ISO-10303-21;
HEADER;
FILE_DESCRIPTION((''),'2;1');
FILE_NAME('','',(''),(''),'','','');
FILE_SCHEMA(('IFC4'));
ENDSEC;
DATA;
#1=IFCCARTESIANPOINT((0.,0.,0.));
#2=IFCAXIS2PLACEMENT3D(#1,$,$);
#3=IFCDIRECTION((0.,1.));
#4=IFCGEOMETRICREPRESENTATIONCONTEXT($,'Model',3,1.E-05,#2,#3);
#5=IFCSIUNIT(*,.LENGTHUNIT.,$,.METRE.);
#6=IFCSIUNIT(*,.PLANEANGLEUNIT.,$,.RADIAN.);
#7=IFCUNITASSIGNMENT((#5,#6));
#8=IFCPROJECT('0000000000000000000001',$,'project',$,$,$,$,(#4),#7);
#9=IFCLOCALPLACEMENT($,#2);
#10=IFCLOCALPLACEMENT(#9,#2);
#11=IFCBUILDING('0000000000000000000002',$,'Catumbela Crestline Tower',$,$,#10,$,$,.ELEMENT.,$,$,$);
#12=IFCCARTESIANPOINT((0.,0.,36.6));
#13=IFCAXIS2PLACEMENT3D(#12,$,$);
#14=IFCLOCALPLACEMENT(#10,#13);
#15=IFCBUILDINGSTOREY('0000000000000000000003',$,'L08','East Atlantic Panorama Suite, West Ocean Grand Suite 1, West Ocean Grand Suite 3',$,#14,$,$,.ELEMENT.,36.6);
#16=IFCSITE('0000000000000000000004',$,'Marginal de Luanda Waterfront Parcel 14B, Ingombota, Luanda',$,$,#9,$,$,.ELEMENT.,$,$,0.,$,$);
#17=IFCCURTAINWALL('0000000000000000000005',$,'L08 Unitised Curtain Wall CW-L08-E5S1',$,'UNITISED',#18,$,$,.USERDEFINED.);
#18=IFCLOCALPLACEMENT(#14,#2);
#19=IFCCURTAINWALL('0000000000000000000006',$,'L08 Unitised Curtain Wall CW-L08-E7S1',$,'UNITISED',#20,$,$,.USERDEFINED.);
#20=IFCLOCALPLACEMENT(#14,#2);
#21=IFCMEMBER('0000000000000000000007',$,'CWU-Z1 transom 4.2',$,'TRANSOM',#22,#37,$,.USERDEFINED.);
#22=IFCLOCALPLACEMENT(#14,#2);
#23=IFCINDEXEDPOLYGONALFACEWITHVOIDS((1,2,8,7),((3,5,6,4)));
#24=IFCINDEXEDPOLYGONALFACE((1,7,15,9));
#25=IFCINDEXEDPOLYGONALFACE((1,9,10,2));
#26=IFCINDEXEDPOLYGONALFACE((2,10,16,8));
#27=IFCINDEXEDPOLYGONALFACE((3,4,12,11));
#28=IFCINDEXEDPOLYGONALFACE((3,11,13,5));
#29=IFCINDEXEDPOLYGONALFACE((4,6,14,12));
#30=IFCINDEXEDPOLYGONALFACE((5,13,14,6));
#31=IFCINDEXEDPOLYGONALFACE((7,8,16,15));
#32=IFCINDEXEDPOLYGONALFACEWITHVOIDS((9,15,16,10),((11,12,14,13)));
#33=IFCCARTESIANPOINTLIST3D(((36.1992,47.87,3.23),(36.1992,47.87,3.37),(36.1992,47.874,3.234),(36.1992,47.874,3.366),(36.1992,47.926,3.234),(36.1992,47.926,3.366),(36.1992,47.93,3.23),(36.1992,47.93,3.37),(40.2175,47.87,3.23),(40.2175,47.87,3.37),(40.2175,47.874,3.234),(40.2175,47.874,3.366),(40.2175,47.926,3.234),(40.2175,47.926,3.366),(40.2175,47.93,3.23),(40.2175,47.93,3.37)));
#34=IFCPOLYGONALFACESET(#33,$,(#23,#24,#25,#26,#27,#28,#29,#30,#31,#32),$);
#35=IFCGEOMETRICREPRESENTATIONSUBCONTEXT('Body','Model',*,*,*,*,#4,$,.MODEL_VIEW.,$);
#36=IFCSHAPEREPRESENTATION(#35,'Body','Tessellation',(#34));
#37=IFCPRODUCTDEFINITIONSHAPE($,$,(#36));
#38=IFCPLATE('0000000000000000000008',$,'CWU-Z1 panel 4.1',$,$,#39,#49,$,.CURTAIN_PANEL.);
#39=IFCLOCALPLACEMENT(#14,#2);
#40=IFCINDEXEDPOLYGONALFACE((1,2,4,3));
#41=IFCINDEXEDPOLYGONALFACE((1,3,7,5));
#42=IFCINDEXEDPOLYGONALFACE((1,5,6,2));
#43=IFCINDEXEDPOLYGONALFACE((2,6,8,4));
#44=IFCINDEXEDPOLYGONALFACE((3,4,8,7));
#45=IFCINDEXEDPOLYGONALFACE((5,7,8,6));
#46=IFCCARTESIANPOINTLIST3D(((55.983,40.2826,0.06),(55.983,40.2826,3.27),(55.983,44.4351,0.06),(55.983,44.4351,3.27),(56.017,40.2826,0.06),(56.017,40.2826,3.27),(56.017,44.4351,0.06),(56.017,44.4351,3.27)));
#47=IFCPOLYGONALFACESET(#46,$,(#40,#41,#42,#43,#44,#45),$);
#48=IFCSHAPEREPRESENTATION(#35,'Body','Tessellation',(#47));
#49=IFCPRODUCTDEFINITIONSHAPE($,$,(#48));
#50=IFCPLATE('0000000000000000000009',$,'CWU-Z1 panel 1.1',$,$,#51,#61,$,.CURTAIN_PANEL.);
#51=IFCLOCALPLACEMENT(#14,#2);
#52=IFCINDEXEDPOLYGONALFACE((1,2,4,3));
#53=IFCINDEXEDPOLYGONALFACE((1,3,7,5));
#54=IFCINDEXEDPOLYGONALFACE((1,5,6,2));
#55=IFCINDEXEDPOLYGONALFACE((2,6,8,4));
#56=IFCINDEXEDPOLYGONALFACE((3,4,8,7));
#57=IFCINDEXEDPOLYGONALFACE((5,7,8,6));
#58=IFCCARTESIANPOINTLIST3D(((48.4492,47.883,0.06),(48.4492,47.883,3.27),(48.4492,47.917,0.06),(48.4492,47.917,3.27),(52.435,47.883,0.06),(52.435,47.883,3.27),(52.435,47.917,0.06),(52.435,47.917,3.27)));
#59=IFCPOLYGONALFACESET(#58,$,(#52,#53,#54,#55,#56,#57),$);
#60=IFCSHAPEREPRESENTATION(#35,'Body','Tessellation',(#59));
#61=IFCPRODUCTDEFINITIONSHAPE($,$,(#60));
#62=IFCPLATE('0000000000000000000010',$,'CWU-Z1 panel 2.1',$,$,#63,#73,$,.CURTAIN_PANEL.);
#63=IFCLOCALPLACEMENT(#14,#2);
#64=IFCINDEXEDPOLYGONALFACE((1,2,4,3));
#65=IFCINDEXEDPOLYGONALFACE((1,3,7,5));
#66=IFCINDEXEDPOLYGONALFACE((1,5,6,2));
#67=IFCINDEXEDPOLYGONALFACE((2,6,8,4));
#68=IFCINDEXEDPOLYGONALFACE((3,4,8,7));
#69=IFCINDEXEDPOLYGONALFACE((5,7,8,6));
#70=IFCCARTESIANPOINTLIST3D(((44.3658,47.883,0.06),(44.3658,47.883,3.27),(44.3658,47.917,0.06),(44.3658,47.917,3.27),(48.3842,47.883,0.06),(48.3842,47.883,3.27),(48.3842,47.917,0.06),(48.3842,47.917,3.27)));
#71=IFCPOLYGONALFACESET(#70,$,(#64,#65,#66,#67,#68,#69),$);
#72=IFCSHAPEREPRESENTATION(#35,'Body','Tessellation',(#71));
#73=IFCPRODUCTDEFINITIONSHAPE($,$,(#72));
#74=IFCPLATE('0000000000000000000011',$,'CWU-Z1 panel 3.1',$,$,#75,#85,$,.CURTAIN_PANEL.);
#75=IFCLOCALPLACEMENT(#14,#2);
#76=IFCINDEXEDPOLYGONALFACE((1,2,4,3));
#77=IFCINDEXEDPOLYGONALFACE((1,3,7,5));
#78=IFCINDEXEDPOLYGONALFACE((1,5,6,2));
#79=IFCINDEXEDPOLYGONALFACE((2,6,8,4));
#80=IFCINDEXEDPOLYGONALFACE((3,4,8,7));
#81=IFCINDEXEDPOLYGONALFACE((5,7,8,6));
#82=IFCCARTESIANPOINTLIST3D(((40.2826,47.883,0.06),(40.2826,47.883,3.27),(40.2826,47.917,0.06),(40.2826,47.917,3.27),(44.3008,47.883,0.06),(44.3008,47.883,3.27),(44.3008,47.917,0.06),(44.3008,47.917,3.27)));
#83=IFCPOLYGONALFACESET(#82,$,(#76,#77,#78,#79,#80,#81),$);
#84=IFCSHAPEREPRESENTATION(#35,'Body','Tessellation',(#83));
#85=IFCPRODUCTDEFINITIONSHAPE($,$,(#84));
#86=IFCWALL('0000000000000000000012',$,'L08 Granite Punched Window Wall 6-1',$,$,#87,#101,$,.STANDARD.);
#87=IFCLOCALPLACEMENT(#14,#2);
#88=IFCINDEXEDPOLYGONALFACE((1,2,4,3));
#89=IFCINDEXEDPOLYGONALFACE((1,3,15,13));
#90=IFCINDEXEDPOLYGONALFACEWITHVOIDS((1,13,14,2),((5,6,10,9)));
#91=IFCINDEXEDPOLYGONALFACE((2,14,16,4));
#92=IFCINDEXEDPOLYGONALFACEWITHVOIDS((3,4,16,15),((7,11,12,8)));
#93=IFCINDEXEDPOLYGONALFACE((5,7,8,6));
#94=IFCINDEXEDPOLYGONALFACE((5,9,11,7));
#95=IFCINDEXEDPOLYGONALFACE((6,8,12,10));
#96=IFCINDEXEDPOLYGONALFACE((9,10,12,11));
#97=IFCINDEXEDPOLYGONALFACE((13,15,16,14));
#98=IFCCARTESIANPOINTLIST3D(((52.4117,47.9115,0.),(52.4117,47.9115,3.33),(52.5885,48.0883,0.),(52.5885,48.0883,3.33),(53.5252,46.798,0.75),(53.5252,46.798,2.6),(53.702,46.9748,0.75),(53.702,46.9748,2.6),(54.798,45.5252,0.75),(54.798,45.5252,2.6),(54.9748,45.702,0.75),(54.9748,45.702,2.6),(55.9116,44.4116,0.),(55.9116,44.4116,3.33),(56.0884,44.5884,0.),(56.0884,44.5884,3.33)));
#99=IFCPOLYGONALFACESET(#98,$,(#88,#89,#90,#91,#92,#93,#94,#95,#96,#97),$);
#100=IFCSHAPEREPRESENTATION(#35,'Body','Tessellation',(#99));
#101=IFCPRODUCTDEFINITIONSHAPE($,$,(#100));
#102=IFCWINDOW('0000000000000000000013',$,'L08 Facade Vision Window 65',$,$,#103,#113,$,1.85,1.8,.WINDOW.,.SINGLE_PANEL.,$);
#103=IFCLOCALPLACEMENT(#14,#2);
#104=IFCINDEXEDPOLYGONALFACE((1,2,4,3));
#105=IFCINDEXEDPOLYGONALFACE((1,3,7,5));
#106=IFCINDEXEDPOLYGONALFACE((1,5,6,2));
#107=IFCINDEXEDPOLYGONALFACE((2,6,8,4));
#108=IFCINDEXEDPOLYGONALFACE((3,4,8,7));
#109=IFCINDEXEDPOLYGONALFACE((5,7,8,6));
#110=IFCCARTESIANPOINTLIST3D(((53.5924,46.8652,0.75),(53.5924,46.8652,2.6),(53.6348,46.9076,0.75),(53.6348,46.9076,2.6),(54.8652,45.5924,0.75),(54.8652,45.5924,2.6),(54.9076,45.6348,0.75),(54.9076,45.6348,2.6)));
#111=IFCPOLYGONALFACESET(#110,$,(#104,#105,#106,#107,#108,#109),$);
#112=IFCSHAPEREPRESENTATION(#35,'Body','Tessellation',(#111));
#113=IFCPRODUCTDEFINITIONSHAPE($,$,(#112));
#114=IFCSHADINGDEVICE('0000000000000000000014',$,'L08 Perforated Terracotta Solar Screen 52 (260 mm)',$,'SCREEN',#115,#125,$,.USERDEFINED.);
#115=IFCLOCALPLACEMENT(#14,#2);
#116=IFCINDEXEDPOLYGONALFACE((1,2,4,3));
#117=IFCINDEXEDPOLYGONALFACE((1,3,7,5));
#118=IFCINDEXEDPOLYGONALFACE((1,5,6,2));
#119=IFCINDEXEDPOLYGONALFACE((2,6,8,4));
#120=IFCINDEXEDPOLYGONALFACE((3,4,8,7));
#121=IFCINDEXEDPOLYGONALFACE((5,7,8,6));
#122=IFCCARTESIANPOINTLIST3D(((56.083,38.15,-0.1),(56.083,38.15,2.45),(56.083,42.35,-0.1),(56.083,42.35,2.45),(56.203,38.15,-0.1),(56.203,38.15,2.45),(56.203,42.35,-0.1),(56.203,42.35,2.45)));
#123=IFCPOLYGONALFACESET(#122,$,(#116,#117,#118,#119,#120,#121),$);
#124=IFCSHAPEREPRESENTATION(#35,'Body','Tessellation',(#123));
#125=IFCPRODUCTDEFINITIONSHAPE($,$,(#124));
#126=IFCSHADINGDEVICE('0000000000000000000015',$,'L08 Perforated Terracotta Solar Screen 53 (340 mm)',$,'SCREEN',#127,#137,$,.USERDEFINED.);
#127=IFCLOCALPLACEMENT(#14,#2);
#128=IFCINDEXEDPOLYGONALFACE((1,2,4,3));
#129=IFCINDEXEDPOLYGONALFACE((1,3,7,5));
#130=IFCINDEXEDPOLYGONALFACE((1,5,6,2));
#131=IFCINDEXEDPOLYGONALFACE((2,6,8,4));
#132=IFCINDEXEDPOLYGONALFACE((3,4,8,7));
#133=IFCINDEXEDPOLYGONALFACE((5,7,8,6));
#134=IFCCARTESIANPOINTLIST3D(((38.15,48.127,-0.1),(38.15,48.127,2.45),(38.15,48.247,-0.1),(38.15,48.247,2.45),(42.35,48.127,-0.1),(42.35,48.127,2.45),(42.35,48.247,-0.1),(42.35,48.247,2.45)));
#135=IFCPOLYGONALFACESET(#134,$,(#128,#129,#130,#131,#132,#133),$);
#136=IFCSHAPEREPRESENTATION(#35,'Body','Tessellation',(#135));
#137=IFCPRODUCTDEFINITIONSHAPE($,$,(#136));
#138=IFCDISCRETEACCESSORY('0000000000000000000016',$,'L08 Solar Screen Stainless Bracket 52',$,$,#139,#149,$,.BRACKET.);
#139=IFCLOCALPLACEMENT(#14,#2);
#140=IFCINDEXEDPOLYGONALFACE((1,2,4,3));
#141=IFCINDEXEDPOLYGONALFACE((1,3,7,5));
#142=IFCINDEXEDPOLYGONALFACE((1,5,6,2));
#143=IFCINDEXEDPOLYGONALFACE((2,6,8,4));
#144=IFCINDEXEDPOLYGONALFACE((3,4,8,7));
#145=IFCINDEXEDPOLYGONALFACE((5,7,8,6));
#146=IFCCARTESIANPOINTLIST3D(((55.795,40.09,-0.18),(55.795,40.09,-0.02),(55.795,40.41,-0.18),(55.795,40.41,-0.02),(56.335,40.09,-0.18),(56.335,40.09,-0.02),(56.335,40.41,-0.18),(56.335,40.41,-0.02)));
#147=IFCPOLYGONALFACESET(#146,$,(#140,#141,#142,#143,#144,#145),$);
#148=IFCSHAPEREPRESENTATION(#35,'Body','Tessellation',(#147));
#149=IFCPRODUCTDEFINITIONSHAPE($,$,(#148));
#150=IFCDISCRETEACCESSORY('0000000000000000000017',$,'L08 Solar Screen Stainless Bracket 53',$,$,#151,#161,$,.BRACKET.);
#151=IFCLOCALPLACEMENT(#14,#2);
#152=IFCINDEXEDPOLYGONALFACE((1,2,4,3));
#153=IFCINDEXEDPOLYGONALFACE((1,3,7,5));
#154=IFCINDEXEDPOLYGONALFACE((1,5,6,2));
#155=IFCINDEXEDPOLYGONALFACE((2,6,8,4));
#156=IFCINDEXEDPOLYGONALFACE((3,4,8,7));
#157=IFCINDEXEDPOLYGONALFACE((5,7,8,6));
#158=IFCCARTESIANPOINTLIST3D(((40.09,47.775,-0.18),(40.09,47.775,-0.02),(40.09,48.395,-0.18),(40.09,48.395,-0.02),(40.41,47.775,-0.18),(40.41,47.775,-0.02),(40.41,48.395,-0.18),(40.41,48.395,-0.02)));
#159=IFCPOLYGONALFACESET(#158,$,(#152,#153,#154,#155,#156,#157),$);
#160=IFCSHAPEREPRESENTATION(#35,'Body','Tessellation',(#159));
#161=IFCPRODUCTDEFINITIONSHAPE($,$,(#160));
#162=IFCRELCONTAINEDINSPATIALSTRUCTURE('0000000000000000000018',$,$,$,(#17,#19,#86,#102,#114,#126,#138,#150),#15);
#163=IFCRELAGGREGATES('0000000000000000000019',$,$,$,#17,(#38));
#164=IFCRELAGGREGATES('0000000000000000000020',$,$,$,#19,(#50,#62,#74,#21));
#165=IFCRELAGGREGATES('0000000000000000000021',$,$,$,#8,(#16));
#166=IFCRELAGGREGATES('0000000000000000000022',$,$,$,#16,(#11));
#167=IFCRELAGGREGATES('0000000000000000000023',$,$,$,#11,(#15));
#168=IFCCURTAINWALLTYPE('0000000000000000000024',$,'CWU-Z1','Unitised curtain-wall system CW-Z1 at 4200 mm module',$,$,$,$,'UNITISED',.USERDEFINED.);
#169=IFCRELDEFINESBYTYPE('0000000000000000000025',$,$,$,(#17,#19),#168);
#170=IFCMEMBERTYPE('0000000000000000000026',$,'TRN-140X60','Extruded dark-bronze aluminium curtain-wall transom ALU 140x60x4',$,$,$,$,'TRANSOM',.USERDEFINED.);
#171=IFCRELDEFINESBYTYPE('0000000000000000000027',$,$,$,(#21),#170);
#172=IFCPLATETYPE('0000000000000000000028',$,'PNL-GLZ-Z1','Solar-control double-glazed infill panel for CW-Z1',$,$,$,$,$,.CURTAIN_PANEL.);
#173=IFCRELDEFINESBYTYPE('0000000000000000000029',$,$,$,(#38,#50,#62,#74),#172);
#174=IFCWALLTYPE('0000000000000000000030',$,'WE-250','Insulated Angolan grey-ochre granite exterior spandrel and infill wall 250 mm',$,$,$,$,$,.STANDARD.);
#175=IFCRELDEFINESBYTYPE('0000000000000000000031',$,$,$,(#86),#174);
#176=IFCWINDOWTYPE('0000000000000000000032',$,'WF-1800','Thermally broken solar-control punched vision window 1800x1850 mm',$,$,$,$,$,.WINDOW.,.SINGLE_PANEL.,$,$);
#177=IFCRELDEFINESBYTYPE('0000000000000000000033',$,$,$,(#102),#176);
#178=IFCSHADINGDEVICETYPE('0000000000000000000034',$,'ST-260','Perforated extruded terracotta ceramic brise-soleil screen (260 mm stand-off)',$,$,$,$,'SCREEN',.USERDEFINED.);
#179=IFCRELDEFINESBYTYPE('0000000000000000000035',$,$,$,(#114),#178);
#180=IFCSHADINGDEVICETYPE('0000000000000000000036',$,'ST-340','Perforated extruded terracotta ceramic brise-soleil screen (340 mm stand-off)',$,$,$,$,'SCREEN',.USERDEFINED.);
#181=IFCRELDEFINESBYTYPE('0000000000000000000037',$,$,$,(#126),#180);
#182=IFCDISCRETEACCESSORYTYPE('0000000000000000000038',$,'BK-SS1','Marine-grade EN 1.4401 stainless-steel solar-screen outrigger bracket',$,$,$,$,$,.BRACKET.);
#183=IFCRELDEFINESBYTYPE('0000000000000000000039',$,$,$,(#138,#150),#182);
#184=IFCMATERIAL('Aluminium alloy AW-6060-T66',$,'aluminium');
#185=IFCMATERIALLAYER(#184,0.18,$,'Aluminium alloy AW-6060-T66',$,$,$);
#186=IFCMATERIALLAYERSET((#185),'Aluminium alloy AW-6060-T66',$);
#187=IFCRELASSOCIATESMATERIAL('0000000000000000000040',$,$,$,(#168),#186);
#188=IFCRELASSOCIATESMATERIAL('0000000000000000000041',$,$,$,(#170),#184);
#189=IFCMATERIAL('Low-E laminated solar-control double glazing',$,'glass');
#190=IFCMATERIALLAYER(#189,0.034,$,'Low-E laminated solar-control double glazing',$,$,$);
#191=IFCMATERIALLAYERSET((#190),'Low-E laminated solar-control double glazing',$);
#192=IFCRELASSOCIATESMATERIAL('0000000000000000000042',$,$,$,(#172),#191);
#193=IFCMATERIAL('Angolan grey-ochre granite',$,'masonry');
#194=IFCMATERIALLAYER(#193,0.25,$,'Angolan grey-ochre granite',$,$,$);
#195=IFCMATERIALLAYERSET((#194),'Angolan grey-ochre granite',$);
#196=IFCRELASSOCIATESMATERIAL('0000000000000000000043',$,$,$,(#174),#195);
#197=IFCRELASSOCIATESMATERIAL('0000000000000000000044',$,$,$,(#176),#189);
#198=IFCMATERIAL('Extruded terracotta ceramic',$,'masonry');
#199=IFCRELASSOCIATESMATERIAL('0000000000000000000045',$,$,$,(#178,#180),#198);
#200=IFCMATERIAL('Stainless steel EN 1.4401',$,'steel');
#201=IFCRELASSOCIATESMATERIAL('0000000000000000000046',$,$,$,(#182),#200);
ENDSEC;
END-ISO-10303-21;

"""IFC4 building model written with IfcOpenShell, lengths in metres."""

from ifc_helpers import new_model, si_unit, direction, frame, frame_2d, origin, origin_2d, place, context, subcontext, project, spatial, rectangle, hollow_rectangle, extrude, material, layer, layer_set, material_profile, profile_set, type_object, element, fill, aggregate, save


model = new_model("IFC4")

# Units and contexts
model_context = context("Model", 3, precision=1e-05, world=origin(), true_north=direction((0.0, 1.0)))
body_context = subcontext(model_context, "Body", "Model", "MODEL_VIEW")
ifc_project = project(units=[si_unit("LENGTHUNIT", "METRE"), si_unit("PLANEANGLEUNIT", "RADIAN")], contexts=[model_context])

# Site, building, storey
site_placement = place(None, origin())
site = spatial("IfcSite", under=ifc_project, at=site_placement, Name="Marginal de Luanda Waterfront Parcel 14B, Ingombota, Luanda", CompositionType="ELEMENT", RefElevation=0.0)
building_placement = place(site_placement, origin())
building = spatial("IfcBuilding", under=site, at=building_placement, Name="Catumbela Crestline Tower", CompositionType="ELEMENT")
storey_placement = place(building_placement, frame((0.0, 0.0, 36.6)))
storey = spatial("IfcBuildingStorey", under=building, at=storey_placement, Name="L08", Description="East Atlantic Panorama Suite, West Ocean Grand Suite 1, West Ocean Grand Suite 3", CompositionType="ELEMENT", Elevation=36.6)

# Curtain walls
ifc_material_1 = material(Name="Aluminium alloy AW-6060-T66", Category="aluminium")
ifc_layer_1 = layer(ifc_material_1, 0.18, Name="Aluminium alloy AW-6060-T66")
ifc_layer_set_1 = layer_set([ifc_layer_1], Name="Aluminium alloy AW-6060-T66")
curtain_wall_type = type_object("IfcCurtainWallType", Name="CWU-Z1", Description="Unitised curtain-wall system CW-Z1 at 4200 mm module", ElementType="UNITISED", PredefinedType="USERDEFINED", material=ifc_layer_set_1)
curtain_wall_1_placement = place(storey_placement, origin())
curtain_wall_1 = element("IfcCurtainWall", 1, at=curtain_wall_1_placement, inside=storey, type_object=curtain_wall_type, Name="L08 Unitised Curtain Wall CW-L08-E5S1", ObjectType="UNITISED", PredefinedType="USERDEFINED")
curtain_wall_2_placement = place(storey_placement, origin())
curtain_wall_2 = element("IfcCurtainWall", 2, at=curtain_wall_2_placement, inside=storey, type_object=curtain_wall_type, Name="L08 Unitised Curtain Wall CW-L08-E7S1", ObjectType="UNITISED", PredefinedType="USERDEFINED")

# Member
ifc_material_profile_1 = material_profile(ifc_material_1, hollow_rectangle(XDim=0.06, YDim=0.14, WallThickness=0.004, at=origin_2d()), Name="ALU 140x60x4")
ifc_profile_set_1 = profile_set([ifc_material_profile_1], Name="Aluminium alloy AW-6060-T66")
member_type_1 = type_object("IfcMemberType", Name="TRN-140X60", Description="Extruded dark-bronze aluminium curtain-wall transom ALU 140x60x4", ElementType="TRANSOM", PredefinedType="USERDEFINED", material=ifc_profile_set_1)
member_1_placement = place(storey_placement, frame((40.2175, 47.9, 3.3), z_axis=(-1.0, 0.0, 0.0), x_axis=(0.0, -1.0, 0.0)))
member_1 = element("IfcMember", 3, at=member_1_placement, type_object=member_type_1, Name="CWU-Z1 transom 4.2", ObjectType="TRANSOM", PredefinedType="USERDEFINED", context=body_context, shape_type="SweptSolid", body=[
    extrude(hollow_rectangle(XDim=0.06, YDim=0.14, WallThickness=0.004, at=origin_2d()), origin(), (0.0, 0.0, 1.0), 4.0183),
])

# Plates
ifc_material_2 = material(Name="Low-E laminated solar-control double glazing", Category="glass")
ifc_layer_2 = layer(ifc_material_2, 0.034, Name="Low-E laminated solar-control double glazing")
ifc_layer_set_2 = layer_set([ifc_layer_2], Name="Low-E laminated solar-control double glazing")
plate_type = type_object("IfcPlateType", Name="PNL-GLZ-Z1", Description="Solar-control double-glazed infill panel for CW-Z1", PredefinedType="CURTAIN_PANEL", material=ifc_layer_set_2)
plate_1_placement = place(storey_placement, frame((56.0, 42.3588, 0.06), z_axis=(0.0, 0.0, 1.0), x_axis=(0.0, 1.0, 0.0)))
plate_1 = element("IfcPlate", 4, at=plate_1_placement, type_object=plate_type, Name="CWU-Z1 panel 4.1", PredefinedType="CURTAIN_PANEL", context=body_context, shape_type="SweptSolid", body=[
    extrude(rectangle(XDim=4.1525, YDim=0.034, at=origin_2d()), origin(), (0.0, 0.0, 1.0), 3.21),
])
aggregate(curtain_wall_1, [plate_1])
plate_2_placement = place(storey_placement, frame((50.4421, 47.9, 0.06), z_axis=(0.0, 0.0, 1.0), x_axis=(-1.0, 0.0, 0.0)))
plate_2 = element("IfcPlate", 5, at=plate_2_placement, type_object=plate_type, Name="CWU-Z1 panel 1.1", PredefinedType="CURTAIN_PANEL", context=body_context, shape_type="SweptSolid", body=[
    extrude(rectangle(XDim=3.9858, YDim=0.034, at=origin_2d()), origin(), (0.0, 0.0, 1.0), 3.21),
])
plate_3_placement = place(storey_placement, frame((46.375, 47.9, 0.06), z_axis=(0.0, 0.0, 1.0), x_axis=(-1.0, 0.0, 0.0)))
plate_3 = element("IfcPlate", 6, at=plate_3_placement, type_object=plate_type, Name="CWU-Z1 panel 2.1", PredefinedType="CURTAIN_PANEL", context=body_context, shape_type="SweptSolid", body=[
    extrude(rectangle(XDim=4.0183, YDim=0.034, at=origin_2d()), origin(), (0.0, 0.0, 1.0), 3.21),
])
plate_4_placement = place(storey_placement, frame((42.2917, 47.9, 0.06), z_axis=(0.0, 0.0, 1.0), x_axis=(-1.0, 0.0, 0.0)))
plate_4 = element("IfcPlate", 7, at=plate_4_placement, type_object=plate_type, Name="CWU-Z1 panel 3.1", PredefinedType="CURTAIN_PANEL", context=body_context, shape_type="SweptSolid", body=[
    extrude(rectangle(XDim=4.0183, YDim=0.034, at=origin_2d()), origin(), (0.0, 0.0, 1.0), 3.21),
])
aggregate(curtain_wall_2, [plate_2, plate_3, plate_4, member_1])

# Wall, opening, window
ifc_material_3 = material(Name="Angolan grey-ochre granite", Category="masonry")
ifc_layer_3 = layer(ifc_material_3, 0.25, Name="Angolan grey-ochre granite")
ifc_layer_set_3 = layer_set([ifc_layer_3], Name="Angolan grey-ochre granite")
wall_type = type_object("IfcWallType", Name="WE-250", Description="Insulated Angolan grey-ochre granite exterior spandrel and infill wall 250 mm", PredefinedType="STANDARD", material=ifc_layer_set_3)
wall_placement = place(storey_placement, frame((56.0, 44.5, 0.0), z_axis=(0.0, 0.0, 1.0), x_axis=(-0.707107, 0.707107, 0.0)))
wall = element("IfcWall", 8, at=wall_placement, inside=storey, type_object=wall_type, Name="L08 Granite Punched Window Wall 6-1", PredefinedType="STANDARD", context=body_context, shape_type="SweptSolid", body=[
    extrude(rectangle(XDim=4.9497, YDim=0.25, at=frame_2d((2.4748, 0.0))), origin(), (0.0, 0.0, 1.0), 3.33),
])
opening_placement = place(wall_placement, frame((1.5749, 0.0, 0.75)))
opening = element("IfcOpeningElement", 9, at=opening_placement, cuts=wall, PredefinedType="OPENING", context=body_context, shape_type="SweptSolid", body=[
    extrude(rectangle(XDim=1.8, YDim=1.85, at=frame_2d((0.9, 0.925))), frame((0.0, 0.135, 0.0), z_axis=(0.0, -1.0, 0.0), x_axis=(1.0, 0.0, 0.0)), (0.0, 0.0, 1.0), 0.27),
])
window_type = type_object("IfcWindowType", Name="WF-1800", Description="Thermally broken solar-control punched vision window 1800x1850 mm", PartitioningType="SINGLE_PANEL", PredefinedType="WINDOW", material=ifc_material_2)
window_placement = place(opening_placement, origin())
window = element("IfcWindow", 10, at=window_placement, inside=storey, type_object=window_type, Name="L08 Facade Vision Window 65", OverallHeight=1.85, OverallWidth=1.8, PartitioningType="SINGLE_PANEL", PredefinedType="WINDOW", context=body_context, shape_type="SweptSolid", body=[
    extrude(rectangle(XDim=1.8, YDim=1.85, at=frame_2d((0.9, 0.925))), frame((0.0, 0.03, 0.0), z_axis=(0.0, -1.0, 0.0), x_axis=(1.0, 0.0, 0.0)), (0.0, 0.0, 1.0), 0.06),
])
fill(opening, window)

# Shading devices
ifc_material_4 = material(Name="Extruded terracotta ceramic", Category="masonry")
shading_device_type_1 = type_object("IfcShadingDeviceType", Name="ST-260", Description="Perforated extruded terracotta ceramic brise-soleil screen (260 mm stand-off)", ElementType="SCREEN", PredefinedType="USERDEFINED", material=ifc_material_4)
shading_device_1_placement = place(storey_placement, frame((56.143, 40.25, -0.1), z_axis=(0.0, 0.0, 1.0), x_axis=(0.0, 1.0, 0.0)))
element("IfcShadingDevice", 11, at=shading_device_1_placement, inside=storey, type_object=shading_device_type_1, Name="L08 Perforated Terracotta Solar Screen 52 (260 mm)", ObjectType="SCREEN", PredefinedType="USERDEFINED", context=body_context, shape_type="SweptSolid", body=[
    extrude(rectangle(XDim=4.2, YDim=0.12, at=origin_2d()), origin(), (0.0, 0.0, 1.0), 2.55),
])
shading_device_type_2 = type_object("IfcShadingDeviceType", Name="ST-340", Description="Perforated extruded terracotta ceramic brise-soleil screen (340 mm stand-off)", ElementType="SCREEN", PredefinedType="USERDEFINED", material=ifc_material_4)
shading_device_2_placement = place(storey_placement, frame((40.25, 48.187, -0.1), z_axis=(0.0, 0.0, 1.0), x_axis=(-1.0, 0.0, 0.0)))
element("IfcShadingDevice", 12, at=shading_device_2_placement, inside=storey, type_object=shading_device_type_2, Name="L08 Perforated Terracotta Solar Screen 53 (340 mm)", ObjectType="SCREEN", PredefinedType="USERDEFINED", context=body_context, shape_type="SweptSolid", body=[
    extrude(rectangle(XDim=4.2, YDim=0.12, at=origin_2d()), origin(), (0.0, 0.0, 1.0), 2.55),
])

# Discrete accessories
ifc_material_5 = material(Name="Stainless steel EN 1.4401", Category="steel")
discrete_accessory_type = type_object("IfcDiscreteAccessoryType", Name="BK-SS1", Description="Marine-grade EN 1.4401 stainless-steel solar-screen outrigger bracket", PredefinedType="BRACKET", material=ifc_material_5)
discrete_accessory_1_placement = place(storey_placement, frame((56.065, 40.25, -0.18), z_axis=(0.0, 0.0, 1.0), x_axis=(0.0, 1.0, 0.0)))
element("IfcDiscreteAccessory", 13, at=discrete_accessory_1_placement, inside=storey, type_object=discrete_accessory_type, Name="L08 Solar Screen Stainless Bracket 52", PredefinedType="BRACKET", context=body_context, shape_type="SweptSolid", body=[
    extrude(rectangle(XDim=0.32, YDim=0.54, at=origin_2d()), origin(), (0.0, 0.0, 1.0), 0.16),
])
discrete_accessory_2_placement = place(storey_placement, frame((40.25, 48.085, -0.18), z_axis=(0.0, 0.0, 1.0), x_axis=(-1.0, 0.0, 0.0)))
element("IfcDiscreteAccessory", 14, at=discrete_accessory_2_placement, inside=storey, type_object=discrete_accessory_type, Name="L08 Solar Screen Stainless Bracket 53", PredefinedType="BRACKET", context=body_context, shape_type="SweptSolid", body=[
    extrude(rectangle(XDim=0.32, YDim=0.62, at=origin_2d()), origin(), (0.0, 0.0, 1.0), 0.16),
])

save(model, "model.ifc")
